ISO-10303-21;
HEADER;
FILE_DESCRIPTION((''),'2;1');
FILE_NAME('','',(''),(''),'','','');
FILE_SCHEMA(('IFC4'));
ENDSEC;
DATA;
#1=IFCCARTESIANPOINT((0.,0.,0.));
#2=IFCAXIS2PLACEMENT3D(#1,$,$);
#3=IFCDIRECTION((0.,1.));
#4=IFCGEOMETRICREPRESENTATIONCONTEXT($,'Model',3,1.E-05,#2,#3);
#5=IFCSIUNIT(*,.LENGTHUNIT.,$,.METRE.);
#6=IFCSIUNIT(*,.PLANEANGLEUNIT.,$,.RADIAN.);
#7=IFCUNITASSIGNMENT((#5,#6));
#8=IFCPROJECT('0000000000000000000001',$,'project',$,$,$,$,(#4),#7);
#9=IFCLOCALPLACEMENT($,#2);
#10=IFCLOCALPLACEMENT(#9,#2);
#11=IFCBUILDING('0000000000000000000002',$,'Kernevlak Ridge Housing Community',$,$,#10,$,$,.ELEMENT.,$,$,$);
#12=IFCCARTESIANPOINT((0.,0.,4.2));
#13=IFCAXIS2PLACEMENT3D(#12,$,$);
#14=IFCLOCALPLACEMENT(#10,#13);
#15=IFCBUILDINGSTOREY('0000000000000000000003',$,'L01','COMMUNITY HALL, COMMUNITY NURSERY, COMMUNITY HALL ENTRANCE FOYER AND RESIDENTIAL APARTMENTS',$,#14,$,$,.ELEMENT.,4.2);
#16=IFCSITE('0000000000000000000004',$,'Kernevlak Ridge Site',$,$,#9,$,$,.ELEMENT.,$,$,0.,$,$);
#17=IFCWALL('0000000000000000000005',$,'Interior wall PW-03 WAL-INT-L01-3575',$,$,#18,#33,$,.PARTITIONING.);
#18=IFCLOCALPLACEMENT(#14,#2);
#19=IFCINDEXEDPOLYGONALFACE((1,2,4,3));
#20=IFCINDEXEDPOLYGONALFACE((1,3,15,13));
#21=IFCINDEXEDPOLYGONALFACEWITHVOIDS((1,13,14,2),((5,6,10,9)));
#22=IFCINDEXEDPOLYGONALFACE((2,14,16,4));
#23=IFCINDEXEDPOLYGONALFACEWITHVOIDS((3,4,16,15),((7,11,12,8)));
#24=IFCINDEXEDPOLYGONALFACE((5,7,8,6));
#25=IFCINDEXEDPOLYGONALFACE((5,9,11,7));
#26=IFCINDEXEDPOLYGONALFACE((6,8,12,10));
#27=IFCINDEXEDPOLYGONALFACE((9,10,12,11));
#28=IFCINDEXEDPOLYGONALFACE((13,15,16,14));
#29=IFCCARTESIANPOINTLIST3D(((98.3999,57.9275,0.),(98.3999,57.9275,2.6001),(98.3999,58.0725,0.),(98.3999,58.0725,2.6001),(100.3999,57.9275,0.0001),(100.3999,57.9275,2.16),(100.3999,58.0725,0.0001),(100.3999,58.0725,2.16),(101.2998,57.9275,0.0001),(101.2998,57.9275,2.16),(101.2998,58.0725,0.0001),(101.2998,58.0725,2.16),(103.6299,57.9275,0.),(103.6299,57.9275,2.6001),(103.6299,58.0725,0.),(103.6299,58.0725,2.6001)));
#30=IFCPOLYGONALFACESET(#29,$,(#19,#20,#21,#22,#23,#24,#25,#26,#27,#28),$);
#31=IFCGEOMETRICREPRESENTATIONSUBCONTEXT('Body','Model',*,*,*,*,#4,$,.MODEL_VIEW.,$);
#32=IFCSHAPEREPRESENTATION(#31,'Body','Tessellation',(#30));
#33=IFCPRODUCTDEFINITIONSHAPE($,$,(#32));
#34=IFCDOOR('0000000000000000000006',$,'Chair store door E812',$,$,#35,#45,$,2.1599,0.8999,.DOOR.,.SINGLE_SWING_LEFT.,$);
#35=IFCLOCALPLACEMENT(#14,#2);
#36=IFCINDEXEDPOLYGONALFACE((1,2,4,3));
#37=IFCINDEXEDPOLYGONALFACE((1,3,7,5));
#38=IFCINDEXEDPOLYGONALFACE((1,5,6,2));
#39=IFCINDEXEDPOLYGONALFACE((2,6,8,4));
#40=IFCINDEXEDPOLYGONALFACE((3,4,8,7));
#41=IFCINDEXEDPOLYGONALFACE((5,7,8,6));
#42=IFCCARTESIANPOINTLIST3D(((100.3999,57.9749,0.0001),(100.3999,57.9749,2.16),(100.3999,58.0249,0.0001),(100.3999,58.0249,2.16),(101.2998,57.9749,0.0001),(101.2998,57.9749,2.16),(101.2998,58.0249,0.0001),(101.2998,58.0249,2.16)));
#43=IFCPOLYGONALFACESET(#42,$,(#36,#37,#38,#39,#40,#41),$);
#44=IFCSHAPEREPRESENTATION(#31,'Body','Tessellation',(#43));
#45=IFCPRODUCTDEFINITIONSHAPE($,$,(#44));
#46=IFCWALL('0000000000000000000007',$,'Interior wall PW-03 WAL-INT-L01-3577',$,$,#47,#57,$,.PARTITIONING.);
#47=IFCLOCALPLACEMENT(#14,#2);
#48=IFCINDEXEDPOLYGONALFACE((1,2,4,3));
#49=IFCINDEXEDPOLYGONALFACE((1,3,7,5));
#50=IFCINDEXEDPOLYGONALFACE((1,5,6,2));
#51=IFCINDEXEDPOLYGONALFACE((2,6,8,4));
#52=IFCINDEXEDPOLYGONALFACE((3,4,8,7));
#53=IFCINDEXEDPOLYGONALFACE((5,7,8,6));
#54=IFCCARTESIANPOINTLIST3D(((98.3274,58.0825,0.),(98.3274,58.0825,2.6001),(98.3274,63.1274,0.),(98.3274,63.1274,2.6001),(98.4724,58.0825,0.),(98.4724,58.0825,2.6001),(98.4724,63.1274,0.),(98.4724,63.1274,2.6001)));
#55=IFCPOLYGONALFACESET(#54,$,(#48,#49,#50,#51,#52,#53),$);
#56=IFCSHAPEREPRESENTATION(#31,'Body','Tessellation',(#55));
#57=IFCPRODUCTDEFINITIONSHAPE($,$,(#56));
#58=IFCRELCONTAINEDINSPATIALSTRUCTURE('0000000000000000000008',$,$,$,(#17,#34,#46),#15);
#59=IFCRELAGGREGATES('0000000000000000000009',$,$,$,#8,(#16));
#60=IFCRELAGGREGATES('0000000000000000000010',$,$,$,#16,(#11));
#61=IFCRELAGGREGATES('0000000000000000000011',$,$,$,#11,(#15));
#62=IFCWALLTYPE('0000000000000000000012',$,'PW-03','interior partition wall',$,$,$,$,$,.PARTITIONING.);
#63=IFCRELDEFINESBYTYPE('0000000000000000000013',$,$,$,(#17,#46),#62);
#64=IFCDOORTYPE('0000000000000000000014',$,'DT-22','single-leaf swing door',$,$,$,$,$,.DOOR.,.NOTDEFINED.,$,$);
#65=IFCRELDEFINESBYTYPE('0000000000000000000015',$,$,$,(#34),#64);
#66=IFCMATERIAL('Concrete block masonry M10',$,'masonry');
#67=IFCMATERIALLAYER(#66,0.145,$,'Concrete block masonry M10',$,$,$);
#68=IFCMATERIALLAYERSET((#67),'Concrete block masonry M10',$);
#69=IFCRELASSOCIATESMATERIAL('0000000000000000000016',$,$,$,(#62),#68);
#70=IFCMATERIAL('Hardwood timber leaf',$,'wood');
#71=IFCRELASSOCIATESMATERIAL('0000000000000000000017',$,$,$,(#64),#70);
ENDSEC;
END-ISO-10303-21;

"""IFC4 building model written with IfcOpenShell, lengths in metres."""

from ifc_helpers import new_model, si_unit, direction, frame, frame_2d, origin, place, context, subcontext, project, spatial, rectangle, extrude, material, layer, layer_set, type_object, element, fill, save


model = new_model("IFC4")

# Units and contexts
model_context = context("Model", 3, precision=1e-05, world=origin(), true_north=direction((0.0, 1.0)))
body_context = subcontext(model_context, "Body", "Model", "MODEL_VIEW")
ifc_project = project(units=[si_unit("LENGTHUNIT", "METRE"), si_unit("PLANEANGLEUNIT", "RADIAN")], contexts=[model_context])

# Site, building, storey
site_placement = place(None, origin())
site = spatial("IfcSite", under=ifc_project, at=site_placement, Name="Kernevlak Ridge Site", CompositionType="ELEMENT", RefElevation=0.0)
building_placement = place(site_placement, origin())
building = spatial("IfcBuilding", under=site, at=building_placement, Name="Kernevlak Ridge Housing Community", CompositionType="ELEMENT")
storey_placement = place(building_placement, frame((0.0, 0.0, 4.2)))
storey = spatial("IfcBuildingStorey", under=building, at=storey_placement, Name="L01", Description="COMMUNITY HALL, COMMUNITY NURSERY, COMMUNITY HALL ENTRANCE FOYER AND RESIDENTIAL APARTMENTS", CompositionType="ELEMENT", Elevation=4.2)

# Wall, opening, door
ifc_material_1 = material(Name="Concrete block masonry M10", Category="masonry")
ifc_layer_1 = layer(ifc_material_1, 0.145, Name="Concrete block masonry M10")
ifc_layer_set_1 = layer_set([ifc_layer_1], Name="Concrete block masonry M10")
wall_type = type_object("IfcWallType", Name="PW-03", Description="interior partition wall", PredefinedType="PARTITIONING", material=ifc_layer_set_1)
wall_1_placement = place(storey_placement, frame((98.3999, 58.0, 0.0), z_axis=(0.0, 0.0, 1.0), x_axis=(1.0, 0.0, 0.0)))
wall_1 = element("IfcWall", 1, at=wall_1_placement, inside=storey, type_object=wall_type, Name="Interior wall PW-03 WAL-INT-L01-3575", PredefinedType="PARTITIONING", context=body_context, shape_type="SweptSolid", body=[
    extrude(rectangle(XDim=5.23, YDim=0.145, at=frame_2d((2.615, 0.0))), origin(), (0.0, 0.0, 1.0), 2.6001),
])
opening_placement = place(wall_1_placement, frame((2.0, 0.0, 0.0)))
opening = element("IfcOpeningElement", 2, at=opening_placement, cuts=wall_1, PredefinedType="OPENING", context=body_context, shape_type="SweptSolid", body=[
    extrude(rectangle(XDim=0.8999, YDim=2.1599, at=frame_2d((0.45, 1.0801))), frame((0.0, 0.0825, 0.0), z_axis=(0.0, -1.0, 0.0), x_axis=(1.0, 0.0, 0.0)), (0.0, 0.0, 1.0), 0.165),
])
ifc_material_2 = material(Name="Hardwood timber leaf", Category="wood")
door_type = type_object("IfcDoorType", Name="DT-22", Description="single-leaf swing door", OperationType="NOTDEFINED", PredefinedType="DOOR", material=ifc_material_2)
door_placement = place(opening_placement, origin())
door = element("IfcDoor", 3, at=door_placement, inside=storey, type_object=door_type, Name="Chair store door E812", OperationType="SINGLE_SWING_LEFT", OverallHeight=2.1599, OverallWidth=0.8999, PredefinedType="DOOR", context=body_context, shape_type="SweptSolid", body=[
    extrude(rectangle(XDim=0.8999, YDim=2.1599, at=frame_2d((0.45, 1.0801))), frame((0.0, 0.0249, 0.0), z_axis=(0.0, -1.0, 0.0), x_axis=(1.0, 0.0, 0.0)), (0.0, 0.0, 1.0), 0.05),
])
fill(opening, door)

# Wall
wall_2_placement = place(storey_placement, frame((98.3999, 58.0825, 0.0), z_axis=(0.0, 0.0, 1.0), x_axis=(0.0, 1.0, 0.0)))
element("IfcWall", 4, at=wall_2_placement, inside=storey, type_object=wall_type, Name="Interior wall PW-03 WAL-INT-L01-3577", PredefinedType="PARTITIONING", context=body_context, shape_type="SweptSolid", body=[
    extrude(rectangle(XDim=5.0449, YDim=0.145, at=frame_2d((2.5225, 0.0))), origin(), (0.0, 0.0, 1.0), 2.6001),
])

save(model, "model.ifc")
